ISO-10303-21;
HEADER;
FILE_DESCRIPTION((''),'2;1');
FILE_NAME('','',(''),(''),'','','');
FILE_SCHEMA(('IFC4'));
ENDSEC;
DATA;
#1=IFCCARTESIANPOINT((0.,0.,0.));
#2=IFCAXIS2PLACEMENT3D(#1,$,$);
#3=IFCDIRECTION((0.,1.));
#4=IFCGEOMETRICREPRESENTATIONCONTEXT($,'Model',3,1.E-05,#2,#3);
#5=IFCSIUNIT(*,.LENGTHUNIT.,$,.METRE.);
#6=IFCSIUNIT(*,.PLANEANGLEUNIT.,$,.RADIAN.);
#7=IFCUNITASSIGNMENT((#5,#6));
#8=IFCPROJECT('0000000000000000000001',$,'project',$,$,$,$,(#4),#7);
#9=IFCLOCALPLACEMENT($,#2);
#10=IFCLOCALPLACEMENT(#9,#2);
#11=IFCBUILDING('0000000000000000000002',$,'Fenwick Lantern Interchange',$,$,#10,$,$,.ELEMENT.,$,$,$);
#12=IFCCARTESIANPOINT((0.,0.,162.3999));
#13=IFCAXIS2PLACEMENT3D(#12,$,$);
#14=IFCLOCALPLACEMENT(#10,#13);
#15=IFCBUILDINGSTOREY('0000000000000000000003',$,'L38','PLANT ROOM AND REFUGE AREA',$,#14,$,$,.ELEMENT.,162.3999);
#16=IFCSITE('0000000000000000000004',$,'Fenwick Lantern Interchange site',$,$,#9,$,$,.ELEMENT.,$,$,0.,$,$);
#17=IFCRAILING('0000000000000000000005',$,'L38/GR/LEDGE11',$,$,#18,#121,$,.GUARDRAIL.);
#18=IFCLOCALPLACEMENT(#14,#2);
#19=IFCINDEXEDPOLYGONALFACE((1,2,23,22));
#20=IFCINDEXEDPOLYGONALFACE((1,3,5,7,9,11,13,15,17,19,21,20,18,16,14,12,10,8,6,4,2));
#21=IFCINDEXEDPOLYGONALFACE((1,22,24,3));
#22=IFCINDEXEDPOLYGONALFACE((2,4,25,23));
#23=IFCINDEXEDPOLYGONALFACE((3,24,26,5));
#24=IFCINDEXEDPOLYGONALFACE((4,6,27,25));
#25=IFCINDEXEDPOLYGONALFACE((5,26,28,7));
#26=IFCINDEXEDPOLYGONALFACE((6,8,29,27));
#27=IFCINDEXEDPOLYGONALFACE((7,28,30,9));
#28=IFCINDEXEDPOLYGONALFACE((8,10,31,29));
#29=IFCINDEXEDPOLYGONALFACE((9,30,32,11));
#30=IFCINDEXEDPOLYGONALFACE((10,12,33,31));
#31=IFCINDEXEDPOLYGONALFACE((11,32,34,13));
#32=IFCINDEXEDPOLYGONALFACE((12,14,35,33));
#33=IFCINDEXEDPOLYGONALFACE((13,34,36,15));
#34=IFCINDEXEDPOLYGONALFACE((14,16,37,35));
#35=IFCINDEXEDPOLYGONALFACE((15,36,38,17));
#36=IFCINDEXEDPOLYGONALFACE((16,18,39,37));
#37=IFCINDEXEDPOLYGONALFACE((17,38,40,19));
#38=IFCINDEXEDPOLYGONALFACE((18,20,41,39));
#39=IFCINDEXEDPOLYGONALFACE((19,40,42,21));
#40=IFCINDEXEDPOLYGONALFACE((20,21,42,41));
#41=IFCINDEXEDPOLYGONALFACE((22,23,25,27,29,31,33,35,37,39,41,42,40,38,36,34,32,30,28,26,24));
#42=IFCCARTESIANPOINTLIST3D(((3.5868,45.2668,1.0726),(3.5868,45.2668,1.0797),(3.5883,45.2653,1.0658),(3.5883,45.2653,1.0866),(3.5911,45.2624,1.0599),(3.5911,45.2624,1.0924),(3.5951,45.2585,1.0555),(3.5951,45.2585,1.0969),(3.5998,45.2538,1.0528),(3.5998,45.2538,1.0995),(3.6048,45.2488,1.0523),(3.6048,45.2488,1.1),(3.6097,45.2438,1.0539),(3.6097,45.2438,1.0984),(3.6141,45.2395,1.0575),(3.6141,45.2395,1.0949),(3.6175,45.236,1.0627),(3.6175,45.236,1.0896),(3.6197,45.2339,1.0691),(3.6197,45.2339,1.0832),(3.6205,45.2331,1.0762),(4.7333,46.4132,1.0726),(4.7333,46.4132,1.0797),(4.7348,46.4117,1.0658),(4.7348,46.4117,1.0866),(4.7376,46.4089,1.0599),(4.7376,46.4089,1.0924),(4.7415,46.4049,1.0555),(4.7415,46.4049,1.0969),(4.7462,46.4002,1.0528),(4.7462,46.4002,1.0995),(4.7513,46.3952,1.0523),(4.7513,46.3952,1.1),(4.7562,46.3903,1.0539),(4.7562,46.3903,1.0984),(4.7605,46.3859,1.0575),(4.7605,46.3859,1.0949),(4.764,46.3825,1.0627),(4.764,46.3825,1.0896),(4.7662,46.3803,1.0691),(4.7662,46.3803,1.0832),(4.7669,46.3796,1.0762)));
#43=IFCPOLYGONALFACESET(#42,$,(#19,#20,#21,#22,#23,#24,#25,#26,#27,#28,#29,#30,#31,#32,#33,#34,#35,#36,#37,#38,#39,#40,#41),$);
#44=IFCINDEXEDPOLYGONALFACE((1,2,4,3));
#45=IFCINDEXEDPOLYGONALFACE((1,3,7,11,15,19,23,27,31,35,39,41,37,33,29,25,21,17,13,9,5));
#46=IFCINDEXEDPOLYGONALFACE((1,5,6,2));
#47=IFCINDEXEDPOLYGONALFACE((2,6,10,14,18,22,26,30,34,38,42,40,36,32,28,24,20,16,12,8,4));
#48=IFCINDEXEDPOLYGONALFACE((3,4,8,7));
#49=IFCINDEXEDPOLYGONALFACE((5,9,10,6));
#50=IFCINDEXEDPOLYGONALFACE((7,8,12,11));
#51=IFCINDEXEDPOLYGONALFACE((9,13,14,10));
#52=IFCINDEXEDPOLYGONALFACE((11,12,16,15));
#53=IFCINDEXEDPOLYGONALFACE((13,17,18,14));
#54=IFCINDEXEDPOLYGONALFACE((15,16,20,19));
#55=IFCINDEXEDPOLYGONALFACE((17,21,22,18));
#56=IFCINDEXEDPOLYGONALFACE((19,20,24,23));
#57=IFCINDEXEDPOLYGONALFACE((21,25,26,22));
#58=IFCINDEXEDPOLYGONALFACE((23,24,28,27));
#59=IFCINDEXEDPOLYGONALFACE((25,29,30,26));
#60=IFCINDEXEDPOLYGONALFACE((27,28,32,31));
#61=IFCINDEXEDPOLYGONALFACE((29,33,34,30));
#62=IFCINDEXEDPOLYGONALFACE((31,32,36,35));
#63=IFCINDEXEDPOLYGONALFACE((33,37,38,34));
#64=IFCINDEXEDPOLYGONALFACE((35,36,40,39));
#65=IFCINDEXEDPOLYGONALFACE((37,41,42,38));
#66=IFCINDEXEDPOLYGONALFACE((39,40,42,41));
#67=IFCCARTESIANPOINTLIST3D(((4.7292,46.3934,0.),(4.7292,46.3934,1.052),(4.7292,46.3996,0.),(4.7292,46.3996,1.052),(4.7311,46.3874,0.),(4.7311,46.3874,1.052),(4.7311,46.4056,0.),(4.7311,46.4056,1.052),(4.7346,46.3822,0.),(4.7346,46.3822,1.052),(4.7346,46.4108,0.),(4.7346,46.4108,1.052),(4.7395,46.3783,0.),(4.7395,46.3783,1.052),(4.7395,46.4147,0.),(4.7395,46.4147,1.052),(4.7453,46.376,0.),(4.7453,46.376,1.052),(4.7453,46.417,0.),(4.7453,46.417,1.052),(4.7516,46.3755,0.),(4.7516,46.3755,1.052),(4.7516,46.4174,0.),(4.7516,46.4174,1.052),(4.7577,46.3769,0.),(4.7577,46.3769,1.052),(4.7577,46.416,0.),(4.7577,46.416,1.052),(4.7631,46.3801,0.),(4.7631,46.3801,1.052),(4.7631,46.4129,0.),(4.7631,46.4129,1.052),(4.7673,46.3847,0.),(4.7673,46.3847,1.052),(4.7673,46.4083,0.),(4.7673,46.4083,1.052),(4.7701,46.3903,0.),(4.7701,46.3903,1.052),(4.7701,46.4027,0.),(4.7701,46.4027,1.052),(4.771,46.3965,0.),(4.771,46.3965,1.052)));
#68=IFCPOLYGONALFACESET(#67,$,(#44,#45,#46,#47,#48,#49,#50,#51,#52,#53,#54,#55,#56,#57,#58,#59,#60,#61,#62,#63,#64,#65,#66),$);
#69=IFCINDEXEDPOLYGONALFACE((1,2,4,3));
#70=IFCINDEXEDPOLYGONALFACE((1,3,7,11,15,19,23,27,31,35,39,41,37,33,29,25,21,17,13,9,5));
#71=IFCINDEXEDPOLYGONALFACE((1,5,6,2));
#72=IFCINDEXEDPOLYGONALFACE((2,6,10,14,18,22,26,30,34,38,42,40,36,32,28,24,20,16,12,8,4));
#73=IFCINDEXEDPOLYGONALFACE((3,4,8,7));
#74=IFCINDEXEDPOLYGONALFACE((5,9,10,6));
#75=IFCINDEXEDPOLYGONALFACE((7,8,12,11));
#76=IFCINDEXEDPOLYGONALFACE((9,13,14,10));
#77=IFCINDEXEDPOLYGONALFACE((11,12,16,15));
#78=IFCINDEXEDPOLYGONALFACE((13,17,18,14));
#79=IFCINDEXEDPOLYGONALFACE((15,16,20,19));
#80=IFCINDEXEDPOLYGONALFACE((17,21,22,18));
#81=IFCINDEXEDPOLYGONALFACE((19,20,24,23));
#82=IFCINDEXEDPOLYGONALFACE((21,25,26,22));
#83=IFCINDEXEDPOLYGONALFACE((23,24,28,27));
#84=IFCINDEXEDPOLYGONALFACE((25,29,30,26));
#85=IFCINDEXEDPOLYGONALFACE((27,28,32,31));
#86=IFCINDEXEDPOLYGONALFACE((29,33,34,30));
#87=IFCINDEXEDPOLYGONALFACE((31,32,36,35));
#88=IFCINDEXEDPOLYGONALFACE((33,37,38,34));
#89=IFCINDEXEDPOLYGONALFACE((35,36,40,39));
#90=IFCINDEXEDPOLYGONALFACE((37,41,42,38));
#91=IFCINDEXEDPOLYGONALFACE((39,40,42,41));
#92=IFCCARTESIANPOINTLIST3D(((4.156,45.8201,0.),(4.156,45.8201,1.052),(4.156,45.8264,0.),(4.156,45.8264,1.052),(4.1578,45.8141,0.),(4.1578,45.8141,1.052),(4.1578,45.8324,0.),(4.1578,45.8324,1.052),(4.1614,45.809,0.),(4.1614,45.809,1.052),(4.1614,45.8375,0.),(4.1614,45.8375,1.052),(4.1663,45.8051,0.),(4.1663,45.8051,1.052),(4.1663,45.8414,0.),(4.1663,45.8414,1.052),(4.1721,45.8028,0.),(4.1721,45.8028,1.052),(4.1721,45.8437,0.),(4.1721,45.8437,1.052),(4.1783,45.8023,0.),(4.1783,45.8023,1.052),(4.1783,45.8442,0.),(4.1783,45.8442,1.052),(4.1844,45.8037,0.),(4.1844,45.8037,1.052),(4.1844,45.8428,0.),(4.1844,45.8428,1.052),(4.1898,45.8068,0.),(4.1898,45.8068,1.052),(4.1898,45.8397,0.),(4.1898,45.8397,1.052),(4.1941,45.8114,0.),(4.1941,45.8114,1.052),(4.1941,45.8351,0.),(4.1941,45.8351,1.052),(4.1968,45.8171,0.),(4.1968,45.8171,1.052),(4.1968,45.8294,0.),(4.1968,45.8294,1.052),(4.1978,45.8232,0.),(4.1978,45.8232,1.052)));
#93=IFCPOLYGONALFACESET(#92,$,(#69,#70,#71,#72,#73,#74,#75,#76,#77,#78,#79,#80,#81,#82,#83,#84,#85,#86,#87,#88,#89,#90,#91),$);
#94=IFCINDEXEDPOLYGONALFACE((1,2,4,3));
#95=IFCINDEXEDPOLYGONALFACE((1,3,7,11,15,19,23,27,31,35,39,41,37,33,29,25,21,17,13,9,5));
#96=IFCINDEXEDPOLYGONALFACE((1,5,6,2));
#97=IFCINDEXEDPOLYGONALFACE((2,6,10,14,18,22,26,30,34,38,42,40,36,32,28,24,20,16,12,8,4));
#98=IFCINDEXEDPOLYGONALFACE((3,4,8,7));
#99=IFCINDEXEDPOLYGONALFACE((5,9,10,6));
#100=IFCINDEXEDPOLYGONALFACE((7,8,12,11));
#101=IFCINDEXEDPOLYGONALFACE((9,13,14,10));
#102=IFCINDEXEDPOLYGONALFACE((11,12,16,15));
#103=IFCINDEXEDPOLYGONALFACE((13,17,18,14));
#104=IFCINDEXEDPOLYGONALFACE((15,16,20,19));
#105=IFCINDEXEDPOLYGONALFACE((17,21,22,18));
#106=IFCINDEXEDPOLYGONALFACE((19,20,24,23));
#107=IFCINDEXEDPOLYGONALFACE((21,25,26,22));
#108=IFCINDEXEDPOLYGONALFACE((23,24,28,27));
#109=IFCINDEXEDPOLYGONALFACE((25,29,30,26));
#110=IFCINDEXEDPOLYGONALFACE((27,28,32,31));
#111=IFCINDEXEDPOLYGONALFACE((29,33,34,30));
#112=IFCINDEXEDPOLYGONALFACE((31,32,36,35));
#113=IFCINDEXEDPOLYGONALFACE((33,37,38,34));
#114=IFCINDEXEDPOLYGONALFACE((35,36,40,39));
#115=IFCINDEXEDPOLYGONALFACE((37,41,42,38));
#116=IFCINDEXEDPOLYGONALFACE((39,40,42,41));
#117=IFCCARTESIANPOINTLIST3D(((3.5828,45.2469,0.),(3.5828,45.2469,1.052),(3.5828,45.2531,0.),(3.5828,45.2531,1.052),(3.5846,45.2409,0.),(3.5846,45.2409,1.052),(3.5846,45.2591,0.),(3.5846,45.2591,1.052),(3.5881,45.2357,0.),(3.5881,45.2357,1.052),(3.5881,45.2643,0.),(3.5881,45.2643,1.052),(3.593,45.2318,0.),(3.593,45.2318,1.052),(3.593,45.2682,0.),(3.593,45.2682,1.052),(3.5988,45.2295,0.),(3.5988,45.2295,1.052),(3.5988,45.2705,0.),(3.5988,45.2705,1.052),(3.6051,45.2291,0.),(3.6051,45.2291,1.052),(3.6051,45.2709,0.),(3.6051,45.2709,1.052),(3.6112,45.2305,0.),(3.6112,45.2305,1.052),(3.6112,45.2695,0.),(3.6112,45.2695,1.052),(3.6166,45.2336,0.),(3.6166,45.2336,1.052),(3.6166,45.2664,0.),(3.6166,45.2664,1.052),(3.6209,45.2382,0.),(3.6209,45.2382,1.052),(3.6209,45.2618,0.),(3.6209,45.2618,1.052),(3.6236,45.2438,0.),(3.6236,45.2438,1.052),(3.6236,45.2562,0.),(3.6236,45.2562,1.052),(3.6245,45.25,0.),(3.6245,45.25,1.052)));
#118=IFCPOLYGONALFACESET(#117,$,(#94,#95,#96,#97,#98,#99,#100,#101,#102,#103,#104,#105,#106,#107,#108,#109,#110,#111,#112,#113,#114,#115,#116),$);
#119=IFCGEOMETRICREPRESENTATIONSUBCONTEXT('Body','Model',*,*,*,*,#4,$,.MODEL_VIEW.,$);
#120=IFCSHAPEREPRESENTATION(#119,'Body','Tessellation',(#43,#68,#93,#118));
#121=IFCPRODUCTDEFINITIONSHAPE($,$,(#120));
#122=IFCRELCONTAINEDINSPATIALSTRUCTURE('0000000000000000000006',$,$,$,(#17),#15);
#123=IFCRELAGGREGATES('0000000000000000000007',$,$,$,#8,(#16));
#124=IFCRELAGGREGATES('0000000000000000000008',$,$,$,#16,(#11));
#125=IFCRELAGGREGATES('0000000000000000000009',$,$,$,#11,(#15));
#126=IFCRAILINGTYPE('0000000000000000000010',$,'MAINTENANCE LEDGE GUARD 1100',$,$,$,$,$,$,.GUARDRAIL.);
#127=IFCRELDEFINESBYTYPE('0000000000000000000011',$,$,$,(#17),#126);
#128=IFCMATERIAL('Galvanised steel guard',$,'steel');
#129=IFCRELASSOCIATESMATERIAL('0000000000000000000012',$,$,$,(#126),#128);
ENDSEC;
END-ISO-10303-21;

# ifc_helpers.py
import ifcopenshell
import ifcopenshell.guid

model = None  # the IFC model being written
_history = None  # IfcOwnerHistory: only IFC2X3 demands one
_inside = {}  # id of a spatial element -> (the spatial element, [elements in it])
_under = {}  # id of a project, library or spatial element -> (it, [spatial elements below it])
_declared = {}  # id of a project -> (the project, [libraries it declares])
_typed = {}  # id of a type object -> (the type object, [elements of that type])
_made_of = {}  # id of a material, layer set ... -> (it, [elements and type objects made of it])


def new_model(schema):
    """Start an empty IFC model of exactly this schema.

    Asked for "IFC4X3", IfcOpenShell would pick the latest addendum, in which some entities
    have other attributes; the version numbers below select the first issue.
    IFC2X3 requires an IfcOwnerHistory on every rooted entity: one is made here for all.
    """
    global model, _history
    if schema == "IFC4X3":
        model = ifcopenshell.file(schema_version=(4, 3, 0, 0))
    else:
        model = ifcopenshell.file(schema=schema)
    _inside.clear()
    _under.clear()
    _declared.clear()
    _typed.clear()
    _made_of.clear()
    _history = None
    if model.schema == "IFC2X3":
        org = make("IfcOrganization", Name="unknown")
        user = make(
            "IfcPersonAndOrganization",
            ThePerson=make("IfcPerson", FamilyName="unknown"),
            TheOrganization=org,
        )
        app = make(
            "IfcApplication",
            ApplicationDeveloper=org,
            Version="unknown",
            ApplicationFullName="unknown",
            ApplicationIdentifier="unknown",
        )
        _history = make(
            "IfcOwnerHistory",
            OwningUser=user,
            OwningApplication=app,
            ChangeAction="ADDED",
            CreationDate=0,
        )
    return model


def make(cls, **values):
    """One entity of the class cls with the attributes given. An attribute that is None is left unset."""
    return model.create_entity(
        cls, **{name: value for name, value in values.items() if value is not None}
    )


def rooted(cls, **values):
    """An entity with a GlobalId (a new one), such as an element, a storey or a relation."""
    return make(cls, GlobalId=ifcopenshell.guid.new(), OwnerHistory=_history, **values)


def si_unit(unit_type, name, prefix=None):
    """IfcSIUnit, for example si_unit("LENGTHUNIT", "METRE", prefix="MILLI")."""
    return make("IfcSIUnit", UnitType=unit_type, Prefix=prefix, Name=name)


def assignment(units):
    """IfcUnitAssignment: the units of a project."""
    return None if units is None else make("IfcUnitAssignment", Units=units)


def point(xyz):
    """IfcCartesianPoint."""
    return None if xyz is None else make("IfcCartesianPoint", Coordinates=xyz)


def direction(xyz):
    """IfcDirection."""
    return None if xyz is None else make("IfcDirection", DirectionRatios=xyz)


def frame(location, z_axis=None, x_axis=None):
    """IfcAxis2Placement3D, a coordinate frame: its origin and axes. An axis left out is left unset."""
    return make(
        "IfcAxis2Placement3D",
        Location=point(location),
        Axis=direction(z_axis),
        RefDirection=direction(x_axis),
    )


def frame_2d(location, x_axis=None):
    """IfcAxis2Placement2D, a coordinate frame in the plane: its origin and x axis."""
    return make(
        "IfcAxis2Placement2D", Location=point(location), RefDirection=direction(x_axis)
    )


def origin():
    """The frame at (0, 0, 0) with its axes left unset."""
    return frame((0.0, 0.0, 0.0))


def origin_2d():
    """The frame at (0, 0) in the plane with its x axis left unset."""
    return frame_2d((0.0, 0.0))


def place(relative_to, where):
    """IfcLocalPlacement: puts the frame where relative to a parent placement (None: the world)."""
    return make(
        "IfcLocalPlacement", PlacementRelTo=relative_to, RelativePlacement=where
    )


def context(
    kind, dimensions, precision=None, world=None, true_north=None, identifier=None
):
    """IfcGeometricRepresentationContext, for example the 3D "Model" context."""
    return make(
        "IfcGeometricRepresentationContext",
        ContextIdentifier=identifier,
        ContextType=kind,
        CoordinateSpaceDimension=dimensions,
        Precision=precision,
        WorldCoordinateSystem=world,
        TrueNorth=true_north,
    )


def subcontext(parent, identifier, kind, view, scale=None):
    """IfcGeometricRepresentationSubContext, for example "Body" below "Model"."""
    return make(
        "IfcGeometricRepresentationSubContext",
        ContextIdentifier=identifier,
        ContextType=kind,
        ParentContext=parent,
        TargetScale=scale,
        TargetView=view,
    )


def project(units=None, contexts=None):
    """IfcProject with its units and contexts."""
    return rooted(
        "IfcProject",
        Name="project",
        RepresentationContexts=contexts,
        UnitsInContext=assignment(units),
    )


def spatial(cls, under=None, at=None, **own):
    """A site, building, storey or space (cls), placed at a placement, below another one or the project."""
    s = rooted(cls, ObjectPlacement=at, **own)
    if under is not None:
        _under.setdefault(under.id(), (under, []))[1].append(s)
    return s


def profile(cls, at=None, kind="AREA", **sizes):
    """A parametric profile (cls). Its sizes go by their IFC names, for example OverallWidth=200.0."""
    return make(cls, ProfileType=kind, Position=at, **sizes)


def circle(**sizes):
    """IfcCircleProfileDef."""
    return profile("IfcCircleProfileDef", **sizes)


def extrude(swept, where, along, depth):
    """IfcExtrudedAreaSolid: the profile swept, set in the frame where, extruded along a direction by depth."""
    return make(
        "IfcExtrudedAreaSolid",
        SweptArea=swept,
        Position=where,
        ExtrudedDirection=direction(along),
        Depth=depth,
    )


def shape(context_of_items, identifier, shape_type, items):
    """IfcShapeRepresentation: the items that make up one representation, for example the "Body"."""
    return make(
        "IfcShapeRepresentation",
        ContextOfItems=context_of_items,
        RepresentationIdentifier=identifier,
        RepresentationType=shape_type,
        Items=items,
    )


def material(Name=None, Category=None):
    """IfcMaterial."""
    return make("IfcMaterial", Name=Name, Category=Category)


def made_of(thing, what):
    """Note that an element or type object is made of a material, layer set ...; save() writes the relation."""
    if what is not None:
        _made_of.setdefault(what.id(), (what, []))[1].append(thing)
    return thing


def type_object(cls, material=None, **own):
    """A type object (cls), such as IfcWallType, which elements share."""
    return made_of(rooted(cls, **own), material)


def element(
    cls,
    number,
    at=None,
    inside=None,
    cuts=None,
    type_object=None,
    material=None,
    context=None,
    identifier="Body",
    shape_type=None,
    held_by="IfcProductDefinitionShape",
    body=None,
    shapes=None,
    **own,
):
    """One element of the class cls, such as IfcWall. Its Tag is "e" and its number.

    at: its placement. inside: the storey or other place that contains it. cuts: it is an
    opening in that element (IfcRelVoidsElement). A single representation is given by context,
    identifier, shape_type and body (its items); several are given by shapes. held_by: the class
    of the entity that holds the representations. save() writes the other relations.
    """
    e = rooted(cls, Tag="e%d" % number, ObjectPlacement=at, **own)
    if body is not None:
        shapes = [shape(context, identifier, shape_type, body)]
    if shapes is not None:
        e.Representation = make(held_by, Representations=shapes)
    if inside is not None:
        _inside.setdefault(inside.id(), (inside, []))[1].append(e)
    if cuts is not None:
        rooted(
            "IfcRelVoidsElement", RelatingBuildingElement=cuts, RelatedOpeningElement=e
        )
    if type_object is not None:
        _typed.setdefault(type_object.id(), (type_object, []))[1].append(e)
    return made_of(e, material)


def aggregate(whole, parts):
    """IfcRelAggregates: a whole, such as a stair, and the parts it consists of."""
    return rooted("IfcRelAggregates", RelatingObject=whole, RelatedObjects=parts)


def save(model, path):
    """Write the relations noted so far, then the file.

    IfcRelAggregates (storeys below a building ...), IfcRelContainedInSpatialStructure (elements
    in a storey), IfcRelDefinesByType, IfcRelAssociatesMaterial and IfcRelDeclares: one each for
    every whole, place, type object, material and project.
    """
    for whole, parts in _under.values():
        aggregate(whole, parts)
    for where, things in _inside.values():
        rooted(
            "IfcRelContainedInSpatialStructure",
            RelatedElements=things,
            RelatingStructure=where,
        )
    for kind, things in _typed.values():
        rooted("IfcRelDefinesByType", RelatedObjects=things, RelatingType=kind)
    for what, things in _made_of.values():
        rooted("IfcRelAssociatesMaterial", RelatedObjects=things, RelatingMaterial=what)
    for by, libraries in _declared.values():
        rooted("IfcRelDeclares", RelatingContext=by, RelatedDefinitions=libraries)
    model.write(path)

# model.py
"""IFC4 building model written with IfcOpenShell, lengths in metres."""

from ifc_helpers import new_model, si_unit, direction, frame, origin, origin_2d, place, context, subcontext, project, spatial, circle, extrude, material, type_object, element, save


model = new_model("IFC4")

# Units and contexts
model_context = context("Model", 3, precision=1e-05, world=origin(), true_north=direction((0.0, 1.0)))
body_context = subcontext(model_context, "Body", "Model", "MODEL_VIEW")
ifc_project = project(units=[si_unit("LENGTHUNIT", "METRE"), si_unit("PLANEANGLEUNIT", "RADIAN")], contexts=[model_context])

# Site, building, storey
site_placement = place(None, origin())
site = spatial("IfcSite", under=ifc_project, at=site_placement, Name="Fenwick Lantern Interchange site", CompositionType="ELEMENT", RefElevation=0.0)
building_placement = place(site_placement, origin())
building = spatial("IfcBuilding", under=site, at=building_placement, Name="Fenwick Lantern Interchange", CompositionType="ELEMENT")
storey_placement = place(building_placement, frame((0.0, 0.0, 162.3999)))
storey = spatial("IfcBuildingStorey", under=building, at=storey_placement, Name="L38", Description="PLANT ROOM AND REFUGE AREA", CompositionType="ELEMENT", Elevation=162.3999)

# Railing
ifc_material_1 = material(Name="Galvanised steel guard", Category="steel")
railing_type = type_object("IfcRailingType", Name="MAINTENANCE LEDGE GUARD 1100", PredefinedType="GUARDRAIL", material=ifc_material_1)
railing_1_placement = place(storey_placement, frame((4.75, 46.3965, 0.0)))
element("IfcRailing", 1, at=railing_1_placement, inside=storey, type_object=railing_type, Name="L38/GR/LEDGE11", PredefinedType="GUARDRAIL", context=body_context, shape_type="SweptSolid", body=[
    extrude(circle(Radius=0.0239, at=origin_2d()), frame((0.0, 0.0, 1.0762), z_axis=(-0.707107, -0.707107, 0.0), x_axis=(0.707107, -0.707107, 0.0)), (0.0, 0.0, 1.0), 1.6213),
    extrude(circle(Radius=0.021, at=origin_2d()), origin(), (0.0, 0.0, 1.0), 1.052),
    extrude(circle(Radius=0.021, at=origin_2d()), frame((-0.5732, -0.5732, 0.0)), (0.0, 0.0, 1.0), 1.052),
    extrude(circle(Radius=0.021, at=origin_2d()), frame((-1.1465, -1.1465, 0.0)), (0.0, 0.0, 1.0), 1.052),
])

save(model, "model.ifc")
